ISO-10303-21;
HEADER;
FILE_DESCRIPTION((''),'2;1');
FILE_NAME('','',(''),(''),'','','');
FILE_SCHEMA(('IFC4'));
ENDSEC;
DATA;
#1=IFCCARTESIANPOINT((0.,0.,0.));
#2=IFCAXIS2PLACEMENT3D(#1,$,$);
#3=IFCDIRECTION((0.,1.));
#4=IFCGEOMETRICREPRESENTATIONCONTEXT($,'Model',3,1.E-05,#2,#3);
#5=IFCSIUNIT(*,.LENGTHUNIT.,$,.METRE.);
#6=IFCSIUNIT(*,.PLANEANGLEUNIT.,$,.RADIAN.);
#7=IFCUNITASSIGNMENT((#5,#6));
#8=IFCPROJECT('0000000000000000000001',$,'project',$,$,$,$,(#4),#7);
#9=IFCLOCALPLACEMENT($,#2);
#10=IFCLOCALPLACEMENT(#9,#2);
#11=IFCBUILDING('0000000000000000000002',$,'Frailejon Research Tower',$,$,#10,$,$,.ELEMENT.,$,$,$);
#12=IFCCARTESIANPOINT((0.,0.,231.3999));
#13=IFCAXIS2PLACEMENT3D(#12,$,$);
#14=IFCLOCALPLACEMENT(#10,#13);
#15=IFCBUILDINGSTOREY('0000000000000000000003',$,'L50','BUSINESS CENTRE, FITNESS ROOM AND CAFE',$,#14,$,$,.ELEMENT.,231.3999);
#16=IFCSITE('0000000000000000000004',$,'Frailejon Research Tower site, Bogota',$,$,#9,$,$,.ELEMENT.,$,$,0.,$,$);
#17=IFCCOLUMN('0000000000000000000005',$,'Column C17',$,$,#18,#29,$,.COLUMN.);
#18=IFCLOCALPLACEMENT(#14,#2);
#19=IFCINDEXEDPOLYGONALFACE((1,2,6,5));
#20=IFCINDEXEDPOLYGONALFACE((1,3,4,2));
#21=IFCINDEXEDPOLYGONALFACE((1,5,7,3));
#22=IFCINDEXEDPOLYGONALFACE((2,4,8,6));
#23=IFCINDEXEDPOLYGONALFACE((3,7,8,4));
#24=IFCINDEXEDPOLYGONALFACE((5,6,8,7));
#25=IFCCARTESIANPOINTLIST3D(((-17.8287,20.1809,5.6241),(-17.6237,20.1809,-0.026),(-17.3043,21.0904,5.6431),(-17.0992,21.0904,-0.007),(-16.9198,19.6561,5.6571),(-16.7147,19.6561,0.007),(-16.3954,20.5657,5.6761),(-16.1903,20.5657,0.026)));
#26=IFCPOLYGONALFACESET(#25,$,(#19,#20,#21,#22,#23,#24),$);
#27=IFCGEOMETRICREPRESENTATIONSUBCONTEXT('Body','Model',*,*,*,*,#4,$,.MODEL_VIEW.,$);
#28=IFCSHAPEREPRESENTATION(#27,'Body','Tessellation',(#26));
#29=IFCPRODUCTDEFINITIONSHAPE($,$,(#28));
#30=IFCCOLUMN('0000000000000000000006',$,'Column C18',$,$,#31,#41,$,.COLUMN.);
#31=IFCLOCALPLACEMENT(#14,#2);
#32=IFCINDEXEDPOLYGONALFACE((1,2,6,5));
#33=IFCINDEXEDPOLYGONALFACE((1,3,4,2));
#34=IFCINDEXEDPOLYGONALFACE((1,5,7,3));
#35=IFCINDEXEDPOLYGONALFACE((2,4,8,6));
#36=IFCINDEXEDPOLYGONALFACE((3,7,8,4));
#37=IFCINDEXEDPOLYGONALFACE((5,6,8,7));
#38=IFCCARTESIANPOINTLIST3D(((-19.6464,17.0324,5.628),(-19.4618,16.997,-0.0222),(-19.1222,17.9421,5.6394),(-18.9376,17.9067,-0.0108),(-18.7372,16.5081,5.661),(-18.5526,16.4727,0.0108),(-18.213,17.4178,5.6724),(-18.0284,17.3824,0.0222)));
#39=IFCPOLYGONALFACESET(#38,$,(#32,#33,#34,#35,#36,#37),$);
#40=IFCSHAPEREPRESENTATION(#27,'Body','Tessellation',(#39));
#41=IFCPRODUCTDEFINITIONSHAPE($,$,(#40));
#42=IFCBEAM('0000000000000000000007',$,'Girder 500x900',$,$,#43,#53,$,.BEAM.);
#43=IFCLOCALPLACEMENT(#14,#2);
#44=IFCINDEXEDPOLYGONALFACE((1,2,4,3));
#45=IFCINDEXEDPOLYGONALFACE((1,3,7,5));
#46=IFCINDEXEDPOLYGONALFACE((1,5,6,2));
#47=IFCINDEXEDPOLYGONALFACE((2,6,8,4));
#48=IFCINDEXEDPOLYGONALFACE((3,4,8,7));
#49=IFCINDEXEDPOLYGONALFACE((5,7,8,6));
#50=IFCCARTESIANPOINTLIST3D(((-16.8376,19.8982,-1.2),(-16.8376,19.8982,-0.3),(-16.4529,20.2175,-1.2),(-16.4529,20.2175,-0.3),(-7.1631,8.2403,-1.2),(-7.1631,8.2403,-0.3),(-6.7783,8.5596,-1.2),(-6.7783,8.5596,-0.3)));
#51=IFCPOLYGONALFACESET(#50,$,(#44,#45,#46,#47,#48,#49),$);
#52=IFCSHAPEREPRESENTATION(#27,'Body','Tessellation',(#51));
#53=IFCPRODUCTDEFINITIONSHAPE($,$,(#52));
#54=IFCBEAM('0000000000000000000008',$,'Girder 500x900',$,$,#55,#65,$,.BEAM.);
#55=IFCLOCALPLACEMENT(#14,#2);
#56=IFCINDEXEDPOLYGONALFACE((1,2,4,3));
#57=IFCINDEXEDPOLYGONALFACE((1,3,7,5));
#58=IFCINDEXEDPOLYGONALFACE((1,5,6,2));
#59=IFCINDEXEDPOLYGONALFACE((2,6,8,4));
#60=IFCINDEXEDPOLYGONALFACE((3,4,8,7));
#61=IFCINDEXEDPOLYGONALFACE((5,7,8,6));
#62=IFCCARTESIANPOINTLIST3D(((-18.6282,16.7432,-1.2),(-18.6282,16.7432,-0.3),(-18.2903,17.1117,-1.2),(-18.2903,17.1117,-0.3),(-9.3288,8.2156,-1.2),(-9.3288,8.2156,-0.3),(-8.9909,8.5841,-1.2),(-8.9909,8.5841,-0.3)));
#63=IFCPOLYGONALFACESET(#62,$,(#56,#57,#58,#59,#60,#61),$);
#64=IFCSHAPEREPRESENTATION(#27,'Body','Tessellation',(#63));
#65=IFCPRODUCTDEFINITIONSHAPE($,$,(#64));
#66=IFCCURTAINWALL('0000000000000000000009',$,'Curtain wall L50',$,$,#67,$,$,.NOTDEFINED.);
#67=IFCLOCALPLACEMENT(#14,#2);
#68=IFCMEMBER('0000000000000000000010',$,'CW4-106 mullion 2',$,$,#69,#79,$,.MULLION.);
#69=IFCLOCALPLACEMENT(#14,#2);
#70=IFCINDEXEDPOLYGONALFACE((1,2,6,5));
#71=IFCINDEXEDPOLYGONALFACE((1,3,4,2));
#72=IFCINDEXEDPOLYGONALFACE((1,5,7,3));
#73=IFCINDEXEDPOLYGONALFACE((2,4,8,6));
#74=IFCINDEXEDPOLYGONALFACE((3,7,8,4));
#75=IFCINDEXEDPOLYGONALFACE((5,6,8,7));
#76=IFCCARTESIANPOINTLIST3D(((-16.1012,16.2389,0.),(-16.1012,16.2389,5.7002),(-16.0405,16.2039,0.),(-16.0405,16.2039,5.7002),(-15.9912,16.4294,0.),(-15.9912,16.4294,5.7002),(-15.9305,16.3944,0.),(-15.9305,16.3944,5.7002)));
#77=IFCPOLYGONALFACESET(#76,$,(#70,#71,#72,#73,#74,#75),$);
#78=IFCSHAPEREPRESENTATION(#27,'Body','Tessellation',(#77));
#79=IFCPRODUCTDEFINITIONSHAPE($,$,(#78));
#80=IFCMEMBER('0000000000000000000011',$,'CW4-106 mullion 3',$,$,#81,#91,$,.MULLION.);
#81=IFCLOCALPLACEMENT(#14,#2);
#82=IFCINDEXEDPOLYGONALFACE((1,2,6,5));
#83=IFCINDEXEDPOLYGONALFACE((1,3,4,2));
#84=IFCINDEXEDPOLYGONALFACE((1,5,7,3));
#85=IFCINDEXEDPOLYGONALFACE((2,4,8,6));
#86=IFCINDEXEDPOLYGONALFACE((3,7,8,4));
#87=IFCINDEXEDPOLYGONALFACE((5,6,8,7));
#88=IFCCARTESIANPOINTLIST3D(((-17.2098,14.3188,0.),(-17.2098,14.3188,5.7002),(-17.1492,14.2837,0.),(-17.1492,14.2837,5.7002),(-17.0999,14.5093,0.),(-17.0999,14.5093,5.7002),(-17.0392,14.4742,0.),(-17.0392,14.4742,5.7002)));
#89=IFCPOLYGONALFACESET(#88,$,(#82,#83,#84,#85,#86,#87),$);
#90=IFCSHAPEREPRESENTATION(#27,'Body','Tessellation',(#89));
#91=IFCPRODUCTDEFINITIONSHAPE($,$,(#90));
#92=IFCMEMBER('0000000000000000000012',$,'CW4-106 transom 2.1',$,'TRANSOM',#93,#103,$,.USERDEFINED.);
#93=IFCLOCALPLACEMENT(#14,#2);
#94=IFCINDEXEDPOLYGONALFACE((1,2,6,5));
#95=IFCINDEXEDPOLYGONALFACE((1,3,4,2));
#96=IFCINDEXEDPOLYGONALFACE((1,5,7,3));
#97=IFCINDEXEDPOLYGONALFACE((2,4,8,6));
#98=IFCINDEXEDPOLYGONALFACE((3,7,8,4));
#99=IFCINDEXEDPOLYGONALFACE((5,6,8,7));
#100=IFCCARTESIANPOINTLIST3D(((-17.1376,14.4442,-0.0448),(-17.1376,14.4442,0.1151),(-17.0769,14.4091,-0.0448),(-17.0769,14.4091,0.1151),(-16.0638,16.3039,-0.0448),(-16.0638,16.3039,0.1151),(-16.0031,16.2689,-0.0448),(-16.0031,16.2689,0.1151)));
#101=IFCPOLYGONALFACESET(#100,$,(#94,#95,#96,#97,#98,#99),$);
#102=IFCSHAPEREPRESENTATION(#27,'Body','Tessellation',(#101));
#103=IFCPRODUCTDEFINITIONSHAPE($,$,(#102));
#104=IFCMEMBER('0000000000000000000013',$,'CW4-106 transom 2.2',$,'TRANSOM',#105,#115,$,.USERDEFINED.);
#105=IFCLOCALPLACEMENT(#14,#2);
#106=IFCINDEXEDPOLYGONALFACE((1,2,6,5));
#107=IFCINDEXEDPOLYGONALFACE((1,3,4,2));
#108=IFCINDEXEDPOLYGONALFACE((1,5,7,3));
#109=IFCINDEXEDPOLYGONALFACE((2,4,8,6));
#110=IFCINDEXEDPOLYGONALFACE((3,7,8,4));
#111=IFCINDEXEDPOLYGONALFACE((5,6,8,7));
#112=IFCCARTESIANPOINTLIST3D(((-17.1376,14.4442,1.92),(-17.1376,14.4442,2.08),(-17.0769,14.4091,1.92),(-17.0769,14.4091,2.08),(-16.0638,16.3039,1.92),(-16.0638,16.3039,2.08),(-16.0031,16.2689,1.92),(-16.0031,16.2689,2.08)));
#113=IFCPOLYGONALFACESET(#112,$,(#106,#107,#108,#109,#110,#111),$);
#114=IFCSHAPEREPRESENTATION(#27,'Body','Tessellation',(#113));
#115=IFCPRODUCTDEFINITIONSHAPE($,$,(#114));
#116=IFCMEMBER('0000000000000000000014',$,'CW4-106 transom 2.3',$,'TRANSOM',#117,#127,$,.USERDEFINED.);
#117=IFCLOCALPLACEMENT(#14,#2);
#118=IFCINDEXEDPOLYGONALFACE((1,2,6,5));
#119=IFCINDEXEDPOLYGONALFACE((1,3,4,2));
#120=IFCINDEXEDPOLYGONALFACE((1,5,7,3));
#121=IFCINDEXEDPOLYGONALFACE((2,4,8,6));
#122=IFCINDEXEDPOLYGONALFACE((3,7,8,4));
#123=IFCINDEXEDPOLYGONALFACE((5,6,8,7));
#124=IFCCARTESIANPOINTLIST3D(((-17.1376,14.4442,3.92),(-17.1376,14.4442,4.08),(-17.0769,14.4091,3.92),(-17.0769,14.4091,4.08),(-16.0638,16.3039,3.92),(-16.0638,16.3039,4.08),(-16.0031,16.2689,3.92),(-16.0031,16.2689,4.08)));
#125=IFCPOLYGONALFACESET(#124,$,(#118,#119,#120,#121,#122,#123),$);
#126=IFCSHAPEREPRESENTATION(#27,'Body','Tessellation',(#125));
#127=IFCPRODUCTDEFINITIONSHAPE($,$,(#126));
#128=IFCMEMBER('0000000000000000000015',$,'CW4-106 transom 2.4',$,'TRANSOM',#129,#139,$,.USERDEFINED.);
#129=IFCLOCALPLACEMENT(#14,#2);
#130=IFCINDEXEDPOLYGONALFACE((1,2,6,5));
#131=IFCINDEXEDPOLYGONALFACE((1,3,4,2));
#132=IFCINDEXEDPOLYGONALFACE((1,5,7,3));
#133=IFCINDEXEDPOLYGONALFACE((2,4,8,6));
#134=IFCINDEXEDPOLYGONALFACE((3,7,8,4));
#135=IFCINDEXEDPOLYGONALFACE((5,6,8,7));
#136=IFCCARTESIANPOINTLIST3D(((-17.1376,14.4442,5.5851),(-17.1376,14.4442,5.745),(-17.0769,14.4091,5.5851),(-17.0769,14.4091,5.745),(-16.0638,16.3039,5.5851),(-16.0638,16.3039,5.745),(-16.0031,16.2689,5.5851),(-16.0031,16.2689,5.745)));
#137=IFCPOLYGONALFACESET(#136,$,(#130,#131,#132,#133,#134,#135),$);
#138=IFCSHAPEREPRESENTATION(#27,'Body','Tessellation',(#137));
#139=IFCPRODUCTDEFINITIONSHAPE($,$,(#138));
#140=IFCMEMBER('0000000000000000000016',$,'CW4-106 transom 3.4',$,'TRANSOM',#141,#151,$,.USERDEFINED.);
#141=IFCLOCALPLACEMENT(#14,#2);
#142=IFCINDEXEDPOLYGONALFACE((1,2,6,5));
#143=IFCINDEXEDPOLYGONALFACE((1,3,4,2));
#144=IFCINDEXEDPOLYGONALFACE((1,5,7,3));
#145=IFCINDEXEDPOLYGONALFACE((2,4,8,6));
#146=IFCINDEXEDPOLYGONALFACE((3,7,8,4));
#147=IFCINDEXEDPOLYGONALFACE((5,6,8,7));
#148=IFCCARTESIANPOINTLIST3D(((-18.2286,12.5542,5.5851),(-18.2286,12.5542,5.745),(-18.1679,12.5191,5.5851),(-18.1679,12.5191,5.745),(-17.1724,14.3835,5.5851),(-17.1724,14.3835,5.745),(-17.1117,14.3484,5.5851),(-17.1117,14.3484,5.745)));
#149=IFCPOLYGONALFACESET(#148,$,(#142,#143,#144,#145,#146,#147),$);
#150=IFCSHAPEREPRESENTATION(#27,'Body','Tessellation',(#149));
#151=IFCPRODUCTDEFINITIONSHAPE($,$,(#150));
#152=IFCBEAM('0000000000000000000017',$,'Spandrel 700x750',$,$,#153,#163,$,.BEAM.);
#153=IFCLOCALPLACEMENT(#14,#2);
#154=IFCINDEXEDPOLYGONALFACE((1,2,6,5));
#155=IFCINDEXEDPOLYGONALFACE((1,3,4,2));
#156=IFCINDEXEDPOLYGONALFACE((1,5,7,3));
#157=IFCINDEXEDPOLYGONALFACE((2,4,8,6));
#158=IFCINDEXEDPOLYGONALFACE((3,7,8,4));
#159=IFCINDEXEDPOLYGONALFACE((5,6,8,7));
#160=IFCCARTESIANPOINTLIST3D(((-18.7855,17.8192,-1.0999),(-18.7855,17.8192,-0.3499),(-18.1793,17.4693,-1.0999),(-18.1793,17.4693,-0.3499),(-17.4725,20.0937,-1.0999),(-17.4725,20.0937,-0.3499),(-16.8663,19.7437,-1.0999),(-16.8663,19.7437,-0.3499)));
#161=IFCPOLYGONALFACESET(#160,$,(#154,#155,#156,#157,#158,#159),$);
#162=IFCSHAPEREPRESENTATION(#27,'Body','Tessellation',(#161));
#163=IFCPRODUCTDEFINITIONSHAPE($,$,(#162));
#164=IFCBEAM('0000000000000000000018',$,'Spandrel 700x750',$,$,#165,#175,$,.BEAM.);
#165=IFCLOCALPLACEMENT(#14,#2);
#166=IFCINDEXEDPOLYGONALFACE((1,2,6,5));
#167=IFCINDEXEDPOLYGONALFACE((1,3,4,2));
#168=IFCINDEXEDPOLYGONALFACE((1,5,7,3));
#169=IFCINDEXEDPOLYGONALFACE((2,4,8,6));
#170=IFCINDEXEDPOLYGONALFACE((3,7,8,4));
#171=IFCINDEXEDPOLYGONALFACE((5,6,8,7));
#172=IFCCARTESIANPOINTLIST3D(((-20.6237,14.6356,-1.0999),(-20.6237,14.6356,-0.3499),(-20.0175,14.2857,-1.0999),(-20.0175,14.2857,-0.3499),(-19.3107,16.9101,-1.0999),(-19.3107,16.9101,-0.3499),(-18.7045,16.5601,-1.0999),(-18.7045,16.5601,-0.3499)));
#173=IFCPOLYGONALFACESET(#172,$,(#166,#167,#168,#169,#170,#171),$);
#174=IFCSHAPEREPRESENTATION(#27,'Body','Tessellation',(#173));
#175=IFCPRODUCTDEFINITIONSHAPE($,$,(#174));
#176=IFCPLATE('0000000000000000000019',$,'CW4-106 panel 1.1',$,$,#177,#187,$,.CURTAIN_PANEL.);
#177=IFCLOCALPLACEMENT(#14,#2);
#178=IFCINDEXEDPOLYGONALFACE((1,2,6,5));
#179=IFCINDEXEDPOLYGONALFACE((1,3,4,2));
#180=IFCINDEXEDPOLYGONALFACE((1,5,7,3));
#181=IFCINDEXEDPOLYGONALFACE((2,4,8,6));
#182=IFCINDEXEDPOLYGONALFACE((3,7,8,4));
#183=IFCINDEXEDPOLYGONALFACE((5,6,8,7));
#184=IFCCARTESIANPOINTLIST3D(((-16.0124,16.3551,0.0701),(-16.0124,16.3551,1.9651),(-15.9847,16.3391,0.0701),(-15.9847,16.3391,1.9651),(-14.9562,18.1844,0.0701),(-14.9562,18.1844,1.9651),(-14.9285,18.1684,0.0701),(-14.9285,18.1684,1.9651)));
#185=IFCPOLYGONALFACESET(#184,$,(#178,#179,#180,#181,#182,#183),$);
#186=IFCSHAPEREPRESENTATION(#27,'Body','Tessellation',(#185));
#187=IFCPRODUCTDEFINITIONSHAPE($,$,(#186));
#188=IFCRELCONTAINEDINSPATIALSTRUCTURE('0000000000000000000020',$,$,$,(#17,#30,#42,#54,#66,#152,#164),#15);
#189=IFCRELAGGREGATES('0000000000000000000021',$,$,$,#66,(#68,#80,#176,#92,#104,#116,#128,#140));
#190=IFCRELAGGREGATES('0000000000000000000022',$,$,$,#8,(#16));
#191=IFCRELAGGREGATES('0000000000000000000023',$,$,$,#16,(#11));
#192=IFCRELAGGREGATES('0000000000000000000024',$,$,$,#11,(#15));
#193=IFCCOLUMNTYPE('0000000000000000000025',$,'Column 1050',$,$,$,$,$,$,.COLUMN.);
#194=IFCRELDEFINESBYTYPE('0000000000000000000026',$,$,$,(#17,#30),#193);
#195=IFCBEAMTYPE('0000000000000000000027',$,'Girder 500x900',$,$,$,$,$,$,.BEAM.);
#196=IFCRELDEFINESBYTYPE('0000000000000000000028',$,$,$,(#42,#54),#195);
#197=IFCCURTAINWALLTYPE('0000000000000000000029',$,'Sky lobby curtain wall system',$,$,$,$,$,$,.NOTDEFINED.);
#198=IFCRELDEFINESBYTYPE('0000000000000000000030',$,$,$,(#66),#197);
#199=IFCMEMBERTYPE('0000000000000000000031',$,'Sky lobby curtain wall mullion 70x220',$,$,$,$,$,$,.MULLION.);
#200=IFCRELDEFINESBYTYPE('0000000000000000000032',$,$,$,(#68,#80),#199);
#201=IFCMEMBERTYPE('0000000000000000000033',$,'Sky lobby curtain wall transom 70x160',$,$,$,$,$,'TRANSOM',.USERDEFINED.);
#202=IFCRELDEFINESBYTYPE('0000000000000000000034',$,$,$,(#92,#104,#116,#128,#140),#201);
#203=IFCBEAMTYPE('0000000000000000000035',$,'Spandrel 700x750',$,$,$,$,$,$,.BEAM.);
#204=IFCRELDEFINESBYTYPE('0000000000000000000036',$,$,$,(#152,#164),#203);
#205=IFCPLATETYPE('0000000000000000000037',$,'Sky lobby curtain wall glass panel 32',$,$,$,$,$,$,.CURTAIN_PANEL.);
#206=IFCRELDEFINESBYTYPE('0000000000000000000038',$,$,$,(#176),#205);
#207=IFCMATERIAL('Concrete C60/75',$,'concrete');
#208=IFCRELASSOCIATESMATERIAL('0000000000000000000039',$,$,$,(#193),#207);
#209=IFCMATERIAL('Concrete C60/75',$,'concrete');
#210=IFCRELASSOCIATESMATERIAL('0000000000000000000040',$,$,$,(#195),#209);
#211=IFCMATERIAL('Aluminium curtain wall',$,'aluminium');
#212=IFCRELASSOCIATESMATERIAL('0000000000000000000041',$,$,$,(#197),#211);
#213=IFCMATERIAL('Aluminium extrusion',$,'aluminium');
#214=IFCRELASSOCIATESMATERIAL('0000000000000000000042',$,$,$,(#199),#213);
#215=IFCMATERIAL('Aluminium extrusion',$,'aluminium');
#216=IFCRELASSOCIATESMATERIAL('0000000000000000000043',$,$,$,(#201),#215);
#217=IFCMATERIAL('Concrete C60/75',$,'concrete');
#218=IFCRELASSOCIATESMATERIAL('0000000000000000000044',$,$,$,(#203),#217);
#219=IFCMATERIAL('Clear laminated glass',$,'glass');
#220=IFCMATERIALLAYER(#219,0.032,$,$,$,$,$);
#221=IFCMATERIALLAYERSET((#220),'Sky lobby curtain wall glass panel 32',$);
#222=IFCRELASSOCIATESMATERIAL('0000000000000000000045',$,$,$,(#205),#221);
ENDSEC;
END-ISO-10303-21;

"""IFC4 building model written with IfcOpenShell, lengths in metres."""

from ifc_helpers import new_model, si_unit, direction, frame, origin, origin_2d, place, context, subcontext, project, spatial, rectangle, extrude, material, layer, layer_set, material_profile, profile_set, type_object, element, aggregate, save


model = new_model("IFC4")

# Units and contexts
model_context = context("Model", 3, precision=1e-05, world=origin(), true_north=direction((0.0, 1.0)))
body_context = subcontext(model_context, "Body", "Model", "MODEL_VIEW")
ifc_project = project(units=[si_unit("LENGTHUNIT", "METRE"), si_unit("PLANEANGLEUNIT", "RADIAN")], contexts=[model_context])

# Site, building, storey
site_placement = place(None, origin())
site = spatial("IfcSite", under=ifc_project, at=site_placement, Name="Frailejon Research Tower site, Bogota", CompositionType="ELEMENT", RefElevation=0.0)
building_placement = place(site_placement, origin())
building = spatial("IfcBuilding", under=site, at=building_placement, Name="Frailejon Research Tower", CompositionType="ELEMENT")
storey_placement = place(building_placement, frame((0.0, 0.0, 231.3999)))
storey = spatial("IfcBuildingStorey", under=building, at=storey_placement, Name="L50", Description="BUSINESS CENTRE, FITNESS ROOM AND CAFE", CompositionType="ELEMENT", Elevation=231.3999)

# Columns
ifc_material_1 = material(Name="Concrete C60/75", Category="concrete")
ifc_material_profile_1 = material_profile(ifc_material_1, rectangle(XDim=1.05, YDim=1.05, at=origin_2d()), Name="Column 1050")
ifc_profile_set_1 = profile_set([ifc_material_profile_1], Name="Concrete C60/75")
column_type = type_object("IfcColumnType", Name="Column 1050", PredefinedType="COLUMN", material=ifc_profile_set_1)
column_1_placement = place(storey_placement, frame((-16.907, 20.3733, 0.0), z_axis=(-0.036272, 0.0, 0.999342), x_axis=(-0.499425, -0.866168, -0.018127)))
element("IfcColumn", 1, at=column_1_placement, inside=storey, type_object=column_type, Name="Column C17", PredefinedType="COLUMN", context=body_context, shape_type="SweptSolid", body=[
    extrude(rectangle(XDim=1.05, YDim=1.05, at=origin_2d()), origin(), (0.0, 0.0, 1.0), 5.6538),
])
column_2_placement = place(storey_placement, frame((-18.7451, 17.1897, 0.0), z_axis=(-0.032648, 0.006262, 0.999447), x_axis=(-0.499216, -0.866409, -0.010879)))
element("IfcColumn", 2, at=column_2_placement, inside=storey, type_object=column_type, Name="Column C18", PredefinedType="COLUMN", context=body_context, shape_type="SweptSolid", body=[
    extrude(rectangle(XDim=1.05, YDim=1.05, at=origin_2d()), origin(), (0.0, 0.0, 1.0), 5.6533),
])

# Beams
ifc_material_2 = material(Name="Concrete C60/75", Category="concrete")
ifc_material_profile_2 = material_profile(ifc_material_2, rectangle(XDim=0.5, YDim=0.8999, at=origin_2d()), Name="Girder 500x900")
ifc_profile_set_2 = profile_set([ifc_material_profile_2], Name="Concrete C60/75")
beam_type_1 = type_object("IfcBeamType", Name="Girder 500x900", PredefinedType="BEAM", material=ifc_profile_set_2)
beam_1_placement = place(storey_placement, frame((-16.6453, 20.0579, -0.75), z_axis=(0.638609, -0.769531, 0.0), x_axis=(0.769531, 0.638609, 0.0)))
element("IfcBeam", 3, at=beam_1_placement, inside=storey, type_object=beam_type_1, Name="Girder 500x900", PredefinedType="BEAM", context=body_context, shape_type="SweptSolid", body=[
    extrude(rectangle(XDim=0.5, YDim=0.8999, at=origin_2d()), origin(), (0.0, 0.0, 1.0), 15.1494),
])
beam_2_placement = place(storey_placement, frame((-18.4592, 16.9275, -0.75), z_axis=(0.737027, -0.675863, 0.0), x_axis=(0.675863, 0.737027, 0.0)))
element("IfcBeam", 4, at=beam_2_placement, inside=storey, type_object=beam_type_1, Name="Girder 500x900", PredefinedType="BEAM", context=body_context, shape_type="SweptSolid", body=[
    extrude(rectangle(XDim=0.5, YDim=0.8999, at=origin_2d()), origin(), (0.0, 0.0, 1.0), 12.6174),
])

# Curtain wall, members
ifc_material_3 = material(Name="Aluminium curtain wall", Category="aluminium")
curtain_wall_type = type_object("IfcCurtainWallType", Name="Sky lobby curtain wall system", PredefinedType="NOTDEFINED", material=ifc_material_3)
curtain_wall_placement = place(storey_placement, origin())
curtain_wall = element("IfcCurtainWall", 5, at=curtain_wall_placement, inside=storey, type_object=curtain_wall_type, Name="Curtain wall L50", PredefinedType="NOTDEFINED")
ifc_material_4 = material(Name="Aluminium extrusion", Category="aluminium")
ifc_material_profile_3 = material_profile(ifc_material_4, rectangle(XDim=0.0701, YDim=0.22, at=origin_2d()), Name="Sky lobby curtain wall mullion 70x220")
ifc_profile_set_3 = profile_set([ifc_material_profile_3], Name="Aluminium extrusion")
member_type_1 = type_object("IfcMemberType", Name="Sky lobby curtain wall mullion 70x220", PredefinedType="MULLION", material=ifc_profile_set_3)
member_1_placement = place(storey_placement, frame((-16.0159, 16.3167, 0.0), z_axis=(0.0, 0.0, 1.0), x_axis=(0.866025, -0.5, 0.0)))
member_1 = element("IfcMember", 6, at=member_1_placement, type_object=member_type_1, Name="CW4-106 mullion 2", PredefinedType="MULLION", context=body_context, shape_type="SweptSolid", body=[
    extrude(rectangle(XDim=0.0701, YDim=0.22, at=origin_2d()), origin(), (0.0, 0.0, 1.0), 5.7002),
])
member_2_placement = place(storey_placement, frame((-17.1245, 14.3965, 0.0), z_axis=(0.0, 0.0, 1.0), x_axis=(0.866025, -0.5, 0.0)))
member_2 = element("IfcMember", 7, at=member_2_placement, type_object=member_type_1, Name="CW4-106 mullion 3", PredefinedType="MULLION", context=body_context, shape_type="SweptSolid", body=[
    extrude(rectangle(XDim=0.0701, YDim=0.22, at=origin_2d()), origin(), (0.0, 0.0, 1.0), 5.7002),
])
ifc_material_5 = material(Name="Aluminium extrusion", Category="aluminium")
ifc_material_profile_4 = material_profile(ifc_material_5, rectangle(XDim=0.0701, YDim=0.1599, at=origin_2d()), Name="Sky lobby curtain wall transom 70x160")
ifc_profile_set_4 = profile_set([ifc_material_profile_4], Name="Aluminium extrusion")
member_type_2 = type_object("IfcMemberType", Name="Sky lobby curtain wall transom 70x160", ElementType="TRANSOM", PredefinedType="USERDEFINED", material=ifc_profile_set_4)
member_3_placement = place(storey_placement, frame((-16.0334, 16.2864, 0.0352), z_axis=(-0.500028, -0.86601, 0.0), x_axis=(0.86601, -0.500028, 0.0)))
member_3 = element("IfcMember", 8, at=member_3_placement, type_object=member_type_2, Name="CW4-106 transom 2.1", ObjectType="TRANSOM", PredefinedType="USERDEFINED", context=body_context, shape_type="SweptSolid", body=[
    extrude(rectangle(XDim=0.0701, YDim=0.1599, at=origin_2d()), origin(), (0.0, 0.0, 1.0), 2.1475),
])
member_4_placement = place(storey_placement, frame((-16.0334, 16.2864, 2.0), z_axis=(-0.500028, -0.86601, 0.0), x_axis=(0.86601, -0.500028, 0.0)))
member_4 = element("IfcMember", 9, at=member_4_placement, type_object=member_type_2, Name="CW4-106 transom 2.2", ObjectType="TRANSOM", PredefinedType="USERDEFINED", context=body_context, shape_type="SweptSolid", body=[
    extrude(rectangle(XDim=0.0701, YDim=0.1599, at=origin_2d()), origin(), (0.0, 0.0, 1.0), 2.1475),
])
member_5_placement = place(storey_placement, frame((-16.0334, 16.2864, 4.0), z_axis=(-0.500028, -0.86601, 0.0), x_axis=(0.86601, -0.500028, 0.0)))
member_5 = element("IfcMember", 10, at=member_5_placement, type_object=member_type_2, Name="CW4-106 transom 2.3", ObjectType="TRANSOM", PredefinedType="USERDEFINED", context=body_context, shape_type="SweptSolid", body=[
    extrude(rectangle(XDim=0.0701, YDim=0.1599, at=origin_2d()), origin(), (0.0, 0.0, 1.0), 2.1475),
])
member_6_placement = place(storey_placement, frame((-16.0334, 16.2864, 5.665), z_axis=(-0.500028, -0.86601, 0.0), x_axis=(0.86601, -0.500028, 0.0)))
member_6 = element("IfcMember", 11, at=member_6_placement, type_object=member_type_2, Name="CW4-106 transom 2.4", ObjectType="TRANSOM", PredefinedType="USERDEFINED", context=body_context, shape_type="SweptSolid", body=[
    extrude(rectangle(XDim=0.0701, YDim=0.1599, at=origin_2d()), origin(), (0.0, 0.0, 1.0), 2.1475),
])
member_7_placement = place(storey_placement, frame((-17.1421, 14.366, 5.665), z_axis=(-0.499993, -0.86603, 0.0), x_axis=(0.86603, -0.499993, 0.0)))
member_7 = element("IfcMember", 12, at=member_7_placement, type_object=member_type_2, Name="CW4-106 transom 3.4", ObjectType="TRANSOM", PredefinedType="USERDEFINED", context=body_context, shape_type="SweptSolid", body=[
    extrude(rectangle(XDim=0.0701, YDim=0.1599, at=origin_2d()), origin(), (0.0, 0.0, 1.0), 2.1123),
])

# Beams
ifc_material_6 = material(Name="Concrete C60/75", Category="concrete")
ifc_material_profile_5 = material_profile(ifc_material_6, rectangle(XDim=0.7, YDim=0.75, at=origin_2d()), Name="Spandrel 700x750")
ifc_profile_set_5 = profile_set([ifc_material_profile_5], Name="Concrete C60/75")
beam_type_2 = type_object("IfcBeamType", Name="Spandrel 700x750", PredefinedType="BEAM", material=ifc_profile_set_5)
for number, where, z_axis, x_axis, name in (
    (13, (-17.1694, 19.9187, -0.7249), (-0.499959, -0.866049, 0.0), (0.866049, -0.499959, 0.0), "Spandrel 700x750"),
    (14, (-19.0076, 16.7351, -0.7249), (-0.499959, -0.866049, 0.0), (0.866049, -0.499959, 0.0), "Spandrel 700x750"),
):
    element("IfcBeam", number, at=place(storey_placement, frame(where, z_axis=z_axis, x_axis=x_axis)), inside=storey, type_object=beam_type_2, Name=name, PredefinedType="BEAM", context=body_context, shape_type="SweptSolid", body=[
        extrude(rectangle(XDim=0.7, YDim=0.75, at=origin_2d()), origin(), (0.0, 0.0, 1.0), 2.6262),
    ])

# Plate
ifc_material_7 = material(Name="Clear laminated glass", Category="glass")
ifc_layer_1 = layer(ifc_material_7, 0.032)
ifc_layer_set_1 = layer_set([ifc_layer_1], Name="Sky lobby curtain wall glass panel 32")
plate_type = type_object("IfcPlateType", Name="Sky lobby curtain wall glass panel 32", PredefinedType="CURTAIN_PANEL", material=ifc_layer_set_1)
plate_1_placement = place(storey_placement, frame((-15.4705, 17.2617, 0.0701), z_axis=(0.0, 0.0, 1.0), x_axis=(-0.5, -0.866025, 0.0)))
plate_1 = element("IfcPlate", 15, at=plate_1_placement, type_object=plate_type, Name="CW4-106 panel 1.1", PredefinedType="CURTAIN_PANEL", context=body_context, shape_type="SweptSolid", body=[
    extrude(rectangle(XDim=2.1123, YDim=0.032, at=origin_2d()), origin(), (0.0, 0.0, 1.0), 1.895),
])
aggregate(curtain_wall, [member_1, member_2, plate_1, member_3, member_4, member_5, member_6, member_7])

save(model, "model.ifc")
